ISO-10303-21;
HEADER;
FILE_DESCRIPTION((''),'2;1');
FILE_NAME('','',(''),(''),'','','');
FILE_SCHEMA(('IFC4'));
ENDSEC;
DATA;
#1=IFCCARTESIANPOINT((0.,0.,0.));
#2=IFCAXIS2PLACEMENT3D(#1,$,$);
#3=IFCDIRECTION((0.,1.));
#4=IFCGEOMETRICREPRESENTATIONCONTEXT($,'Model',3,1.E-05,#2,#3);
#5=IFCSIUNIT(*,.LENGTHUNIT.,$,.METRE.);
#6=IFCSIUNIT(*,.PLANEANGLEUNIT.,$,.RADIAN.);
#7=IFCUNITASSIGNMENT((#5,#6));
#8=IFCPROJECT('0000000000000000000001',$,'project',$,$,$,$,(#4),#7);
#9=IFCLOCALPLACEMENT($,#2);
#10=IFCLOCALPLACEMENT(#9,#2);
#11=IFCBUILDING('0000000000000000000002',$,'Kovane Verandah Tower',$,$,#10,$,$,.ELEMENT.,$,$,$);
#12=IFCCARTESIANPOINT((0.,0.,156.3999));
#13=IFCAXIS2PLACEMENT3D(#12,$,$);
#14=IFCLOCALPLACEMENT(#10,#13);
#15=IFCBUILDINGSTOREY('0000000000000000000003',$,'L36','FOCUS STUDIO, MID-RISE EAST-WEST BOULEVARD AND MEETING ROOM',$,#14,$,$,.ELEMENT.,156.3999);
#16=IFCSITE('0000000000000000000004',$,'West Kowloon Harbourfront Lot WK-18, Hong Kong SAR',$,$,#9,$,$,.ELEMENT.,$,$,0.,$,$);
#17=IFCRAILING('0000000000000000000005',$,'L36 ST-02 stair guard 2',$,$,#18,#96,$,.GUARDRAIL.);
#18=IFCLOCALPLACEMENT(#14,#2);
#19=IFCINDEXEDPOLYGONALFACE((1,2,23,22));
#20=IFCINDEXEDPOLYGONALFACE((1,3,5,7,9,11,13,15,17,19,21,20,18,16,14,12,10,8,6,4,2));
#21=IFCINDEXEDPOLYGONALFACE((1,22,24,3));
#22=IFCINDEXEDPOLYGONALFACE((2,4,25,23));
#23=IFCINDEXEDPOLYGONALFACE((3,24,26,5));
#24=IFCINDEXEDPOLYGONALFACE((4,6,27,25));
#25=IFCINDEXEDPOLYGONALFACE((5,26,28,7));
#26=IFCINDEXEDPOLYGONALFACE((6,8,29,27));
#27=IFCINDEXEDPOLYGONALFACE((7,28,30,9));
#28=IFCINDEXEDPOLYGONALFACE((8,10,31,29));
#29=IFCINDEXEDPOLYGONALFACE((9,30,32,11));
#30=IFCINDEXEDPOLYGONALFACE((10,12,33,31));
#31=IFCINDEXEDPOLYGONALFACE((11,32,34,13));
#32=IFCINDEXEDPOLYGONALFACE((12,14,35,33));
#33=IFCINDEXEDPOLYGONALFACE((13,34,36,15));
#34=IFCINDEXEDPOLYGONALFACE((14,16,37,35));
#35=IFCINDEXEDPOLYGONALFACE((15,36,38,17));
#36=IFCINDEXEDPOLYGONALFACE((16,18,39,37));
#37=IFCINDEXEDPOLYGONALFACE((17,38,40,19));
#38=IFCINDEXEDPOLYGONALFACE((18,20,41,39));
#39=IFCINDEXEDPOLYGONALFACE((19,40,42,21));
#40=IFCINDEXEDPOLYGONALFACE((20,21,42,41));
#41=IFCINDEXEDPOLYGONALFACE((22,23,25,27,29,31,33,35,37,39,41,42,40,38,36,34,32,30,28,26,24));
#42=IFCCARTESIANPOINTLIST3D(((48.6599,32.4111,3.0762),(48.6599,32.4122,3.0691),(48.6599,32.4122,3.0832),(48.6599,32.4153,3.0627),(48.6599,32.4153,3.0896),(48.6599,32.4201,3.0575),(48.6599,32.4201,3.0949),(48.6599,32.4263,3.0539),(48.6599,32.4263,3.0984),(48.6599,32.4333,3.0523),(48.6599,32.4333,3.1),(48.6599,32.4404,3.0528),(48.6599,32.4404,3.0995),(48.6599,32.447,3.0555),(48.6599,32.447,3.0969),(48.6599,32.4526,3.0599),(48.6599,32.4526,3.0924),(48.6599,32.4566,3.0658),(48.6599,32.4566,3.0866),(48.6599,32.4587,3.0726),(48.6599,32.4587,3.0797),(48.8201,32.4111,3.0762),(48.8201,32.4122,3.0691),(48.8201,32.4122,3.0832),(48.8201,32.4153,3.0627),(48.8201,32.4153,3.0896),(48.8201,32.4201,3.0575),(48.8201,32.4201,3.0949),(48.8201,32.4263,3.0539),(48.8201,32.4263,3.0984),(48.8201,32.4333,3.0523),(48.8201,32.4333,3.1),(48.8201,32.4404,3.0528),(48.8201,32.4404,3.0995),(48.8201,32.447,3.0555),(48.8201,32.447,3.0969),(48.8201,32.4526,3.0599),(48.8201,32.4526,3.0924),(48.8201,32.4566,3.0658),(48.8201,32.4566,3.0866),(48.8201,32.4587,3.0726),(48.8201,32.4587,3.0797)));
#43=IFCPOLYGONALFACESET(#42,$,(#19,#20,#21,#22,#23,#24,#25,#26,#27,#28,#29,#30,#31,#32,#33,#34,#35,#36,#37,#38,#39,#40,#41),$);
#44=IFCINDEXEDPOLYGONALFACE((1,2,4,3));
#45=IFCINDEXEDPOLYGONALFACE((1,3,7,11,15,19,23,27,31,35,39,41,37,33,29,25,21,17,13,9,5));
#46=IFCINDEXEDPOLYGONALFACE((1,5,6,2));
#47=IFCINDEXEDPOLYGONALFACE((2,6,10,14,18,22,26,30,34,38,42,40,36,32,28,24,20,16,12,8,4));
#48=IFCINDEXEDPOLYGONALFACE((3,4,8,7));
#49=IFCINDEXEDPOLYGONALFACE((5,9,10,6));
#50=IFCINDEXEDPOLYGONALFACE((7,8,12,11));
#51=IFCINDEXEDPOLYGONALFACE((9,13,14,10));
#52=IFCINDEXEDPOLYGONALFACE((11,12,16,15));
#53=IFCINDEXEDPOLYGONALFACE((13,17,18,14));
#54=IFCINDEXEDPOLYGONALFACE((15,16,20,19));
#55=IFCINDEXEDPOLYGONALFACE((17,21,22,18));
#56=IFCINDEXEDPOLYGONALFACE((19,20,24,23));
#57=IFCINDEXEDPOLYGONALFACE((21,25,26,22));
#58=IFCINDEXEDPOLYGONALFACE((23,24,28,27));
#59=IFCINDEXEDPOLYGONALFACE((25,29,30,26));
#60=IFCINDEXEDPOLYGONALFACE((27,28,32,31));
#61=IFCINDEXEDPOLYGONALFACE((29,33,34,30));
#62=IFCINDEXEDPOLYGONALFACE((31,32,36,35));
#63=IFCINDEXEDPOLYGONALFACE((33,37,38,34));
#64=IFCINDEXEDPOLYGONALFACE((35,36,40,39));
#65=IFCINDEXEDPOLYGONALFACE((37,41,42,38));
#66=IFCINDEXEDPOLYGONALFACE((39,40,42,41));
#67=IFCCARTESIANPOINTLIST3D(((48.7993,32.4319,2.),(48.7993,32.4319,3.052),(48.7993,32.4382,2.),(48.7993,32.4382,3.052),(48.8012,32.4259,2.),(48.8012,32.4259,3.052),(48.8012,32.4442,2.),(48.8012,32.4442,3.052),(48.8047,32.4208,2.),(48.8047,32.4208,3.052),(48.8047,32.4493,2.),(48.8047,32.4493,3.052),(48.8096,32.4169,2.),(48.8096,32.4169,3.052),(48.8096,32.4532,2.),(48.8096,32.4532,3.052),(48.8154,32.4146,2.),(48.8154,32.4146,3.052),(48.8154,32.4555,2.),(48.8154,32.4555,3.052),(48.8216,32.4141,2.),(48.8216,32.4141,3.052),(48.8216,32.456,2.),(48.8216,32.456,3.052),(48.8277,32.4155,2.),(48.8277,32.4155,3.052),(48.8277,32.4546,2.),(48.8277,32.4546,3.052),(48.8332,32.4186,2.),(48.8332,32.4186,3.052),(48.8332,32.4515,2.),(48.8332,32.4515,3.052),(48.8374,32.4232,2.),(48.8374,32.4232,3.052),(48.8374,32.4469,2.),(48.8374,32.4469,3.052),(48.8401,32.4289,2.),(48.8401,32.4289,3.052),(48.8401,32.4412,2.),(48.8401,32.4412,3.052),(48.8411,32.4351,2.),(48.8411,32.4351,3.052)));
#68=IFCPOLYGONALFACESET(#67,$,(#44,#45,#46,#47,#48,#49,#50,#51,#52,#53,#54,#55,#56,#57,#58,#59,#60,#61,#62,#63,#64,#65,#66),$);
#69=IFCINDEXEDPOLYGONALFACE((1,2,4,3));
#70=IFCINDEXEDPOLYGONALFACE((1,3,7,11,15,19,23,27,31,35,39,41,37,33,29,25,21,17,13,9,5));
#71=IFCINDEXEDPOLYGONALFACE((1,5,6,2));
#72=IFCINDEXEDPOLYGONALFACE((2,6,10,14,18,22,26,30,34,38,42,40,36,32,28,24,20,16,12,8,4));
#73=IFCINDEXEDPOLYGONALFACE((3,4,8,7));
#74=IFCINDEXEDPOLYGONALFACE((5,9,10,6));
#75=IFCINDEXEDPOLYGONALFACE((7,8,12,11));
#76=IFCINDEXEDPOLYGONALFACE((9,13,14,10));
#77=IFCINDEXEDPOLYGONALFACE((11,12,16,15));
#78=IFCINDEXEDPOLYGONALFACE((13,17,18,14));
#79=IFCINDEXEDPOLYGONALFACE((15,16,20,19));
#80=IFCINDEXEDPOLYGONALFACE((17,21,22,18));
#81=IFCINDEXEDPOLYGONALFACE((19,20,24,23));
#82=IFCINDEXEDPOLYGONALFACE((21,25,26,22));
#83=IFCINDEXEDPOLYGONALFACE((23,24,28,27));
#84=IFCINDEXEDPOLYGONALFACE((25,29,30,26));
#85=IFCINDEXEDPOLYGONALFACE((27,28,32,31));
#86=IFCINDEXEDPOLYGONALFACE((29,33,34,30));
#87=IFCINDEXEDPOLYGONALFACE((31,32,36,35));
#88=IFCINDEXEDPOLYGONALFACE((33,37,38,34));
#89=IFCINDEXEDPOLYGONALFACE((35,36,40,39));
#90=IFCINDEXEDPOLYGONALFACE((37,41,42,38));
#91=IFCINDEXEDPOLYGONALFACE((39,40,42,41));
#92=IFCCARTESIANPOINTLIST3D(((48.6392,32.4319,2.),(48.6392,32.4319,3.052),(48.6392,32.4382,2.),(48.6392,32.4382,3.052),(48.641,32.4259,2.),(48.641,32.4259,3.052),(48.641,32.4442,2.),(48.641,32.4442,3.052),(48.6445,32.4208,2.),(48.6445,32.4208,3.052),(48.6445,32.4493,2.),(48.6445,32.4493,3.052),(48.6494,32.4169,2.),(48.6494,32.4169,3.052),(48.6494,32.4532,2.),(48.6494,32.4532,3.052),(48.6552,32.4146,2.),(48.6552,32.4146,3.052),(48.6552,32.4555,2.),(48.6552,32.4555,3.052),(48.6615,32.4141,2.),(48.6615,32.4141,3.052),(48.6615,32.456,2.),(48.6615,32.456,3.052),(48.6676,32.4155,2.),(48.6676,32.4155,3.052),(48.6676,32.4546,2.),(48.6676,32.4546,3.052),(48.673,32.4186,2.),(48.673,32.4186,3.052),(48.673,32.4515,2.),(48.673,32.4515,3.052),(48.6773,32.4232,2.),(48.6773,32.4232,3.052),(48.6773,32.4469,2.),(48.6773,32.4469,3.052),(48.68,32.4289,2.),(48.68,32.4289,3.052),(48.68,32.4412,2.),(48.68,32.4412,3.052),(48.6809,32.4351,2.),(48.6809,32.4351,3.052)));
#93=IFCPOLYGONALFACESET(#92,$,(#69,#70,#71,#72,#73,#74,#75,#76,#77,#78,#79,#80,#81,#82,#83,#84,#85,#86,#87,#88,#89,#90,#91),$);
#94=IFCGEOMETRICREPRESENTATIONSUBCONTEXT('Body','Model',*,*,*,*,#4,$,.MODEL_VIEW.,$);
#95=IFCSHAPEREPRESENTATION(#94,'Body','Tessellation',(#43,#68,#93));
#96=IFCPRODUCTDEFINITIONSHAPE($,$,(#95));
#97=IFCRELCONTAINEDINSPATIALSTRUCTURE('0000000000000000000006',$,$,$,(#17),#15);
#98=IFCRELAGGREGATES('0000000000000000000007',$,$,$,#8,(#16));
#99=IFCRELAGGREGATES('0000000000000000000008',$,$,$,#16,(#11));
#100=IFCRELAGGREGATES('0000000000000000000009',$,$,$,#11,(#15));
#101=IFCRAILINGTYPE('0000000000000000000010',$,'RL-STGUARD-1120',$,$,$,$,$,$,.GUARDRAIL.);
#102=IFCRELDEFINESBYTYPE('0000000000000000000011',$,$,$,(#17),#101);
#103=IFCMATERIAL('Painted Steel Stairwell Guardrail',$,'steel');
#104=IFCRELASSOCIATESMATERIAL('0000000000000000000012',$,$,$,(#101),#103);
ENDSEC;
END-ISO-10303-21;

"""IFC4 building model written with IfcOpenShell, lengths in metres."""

from ifc_helpers import new_model, si_unit, direction, frame, origin, origin_2d, place, context, subcontext, project, spatial, circle, extrude, material, type_object, element, save


model = new_model("IFC4")

# Units and contexts
model_context = context("Model", 3, precision=1e-05, world=origin(), true_north=direction((0.0, 1.0)))
body_context = subcontext(model_context, "Body", "Model", "MODEL_VIEW")
ifc_project = project(units=[si_unit("LENGTHUNIT", "METRE"), si_unit("PLANEANGLEUNIT", "RADIAN")], contexts=[model_context])

# Site, building, storey
site_placement = place(None, origin())
site = spatial("IfcSite", under=ifc_project, at=site_placement, Name="West Kowloon Harbourfront Lot WK-18, Hong Kong SAR", CompositionType="ELEMENT", RefElevation=0.0)
building_placement = place(site_placement, origin())
building = spatial("IfcBuilding", under=site, at=building_placement, Name="Kovane Verandah Tower", CompositionType="ELEMENT")
storey_placement = place(building_placement, frame((0.0, 0.0, 156.3999)))
storey = spatial("IfcBuildingStorey", under=building, at=storey_placement, Name="L36", Description="FOCUS STUDIO, MID-RISE EAST-WEST BOULEVARD AND MEETING ROOM", CompositionType="ELEMENT", Elevation=156.3999)

# Railing
ifc_material_1 = material(Name="Painted Steel Stairwell Guardrail", Category="steel")
railing_type_1 = type_object("IfcRailingType", Name="RL-STGUARD-1120", PredefinedType="GUARDRAIL", material=ifc_material_1)
railing_1_placement = place(storey_placement, frame((48.8201, 32.4351, 2.0)))
element("IfcRailing", 1, at=railing_1_placement, inside=storey, type_object=railing_type_1, Name="L36 ST-02 stair guard 2", PredefinedType="GUARDRAIL", context=body_context, shape_type="SweptSolid", body=[
    extrude(circle(Radius=0.0239, at=origin_2d()), frame((0.0, 0.0, 1.0762), z_axis=(-1.0, 0.0, 0.0), x_axis=(0.0, -1.0, 0.0)), (0.0, 0.0, 1.0), 0.1602),
    extrude(circle(Radius=0.021, at=origin_2d()), origin(), (0.0, 0.0, 1.0), 1.052),
    extrude(circle(Radius=0.021, at=origin_2d()), frame((-0.1602, 0.0, 0.0)), (0.0, 0.0, 1.0), 1.052),
])

save(model, "model.ifc")
